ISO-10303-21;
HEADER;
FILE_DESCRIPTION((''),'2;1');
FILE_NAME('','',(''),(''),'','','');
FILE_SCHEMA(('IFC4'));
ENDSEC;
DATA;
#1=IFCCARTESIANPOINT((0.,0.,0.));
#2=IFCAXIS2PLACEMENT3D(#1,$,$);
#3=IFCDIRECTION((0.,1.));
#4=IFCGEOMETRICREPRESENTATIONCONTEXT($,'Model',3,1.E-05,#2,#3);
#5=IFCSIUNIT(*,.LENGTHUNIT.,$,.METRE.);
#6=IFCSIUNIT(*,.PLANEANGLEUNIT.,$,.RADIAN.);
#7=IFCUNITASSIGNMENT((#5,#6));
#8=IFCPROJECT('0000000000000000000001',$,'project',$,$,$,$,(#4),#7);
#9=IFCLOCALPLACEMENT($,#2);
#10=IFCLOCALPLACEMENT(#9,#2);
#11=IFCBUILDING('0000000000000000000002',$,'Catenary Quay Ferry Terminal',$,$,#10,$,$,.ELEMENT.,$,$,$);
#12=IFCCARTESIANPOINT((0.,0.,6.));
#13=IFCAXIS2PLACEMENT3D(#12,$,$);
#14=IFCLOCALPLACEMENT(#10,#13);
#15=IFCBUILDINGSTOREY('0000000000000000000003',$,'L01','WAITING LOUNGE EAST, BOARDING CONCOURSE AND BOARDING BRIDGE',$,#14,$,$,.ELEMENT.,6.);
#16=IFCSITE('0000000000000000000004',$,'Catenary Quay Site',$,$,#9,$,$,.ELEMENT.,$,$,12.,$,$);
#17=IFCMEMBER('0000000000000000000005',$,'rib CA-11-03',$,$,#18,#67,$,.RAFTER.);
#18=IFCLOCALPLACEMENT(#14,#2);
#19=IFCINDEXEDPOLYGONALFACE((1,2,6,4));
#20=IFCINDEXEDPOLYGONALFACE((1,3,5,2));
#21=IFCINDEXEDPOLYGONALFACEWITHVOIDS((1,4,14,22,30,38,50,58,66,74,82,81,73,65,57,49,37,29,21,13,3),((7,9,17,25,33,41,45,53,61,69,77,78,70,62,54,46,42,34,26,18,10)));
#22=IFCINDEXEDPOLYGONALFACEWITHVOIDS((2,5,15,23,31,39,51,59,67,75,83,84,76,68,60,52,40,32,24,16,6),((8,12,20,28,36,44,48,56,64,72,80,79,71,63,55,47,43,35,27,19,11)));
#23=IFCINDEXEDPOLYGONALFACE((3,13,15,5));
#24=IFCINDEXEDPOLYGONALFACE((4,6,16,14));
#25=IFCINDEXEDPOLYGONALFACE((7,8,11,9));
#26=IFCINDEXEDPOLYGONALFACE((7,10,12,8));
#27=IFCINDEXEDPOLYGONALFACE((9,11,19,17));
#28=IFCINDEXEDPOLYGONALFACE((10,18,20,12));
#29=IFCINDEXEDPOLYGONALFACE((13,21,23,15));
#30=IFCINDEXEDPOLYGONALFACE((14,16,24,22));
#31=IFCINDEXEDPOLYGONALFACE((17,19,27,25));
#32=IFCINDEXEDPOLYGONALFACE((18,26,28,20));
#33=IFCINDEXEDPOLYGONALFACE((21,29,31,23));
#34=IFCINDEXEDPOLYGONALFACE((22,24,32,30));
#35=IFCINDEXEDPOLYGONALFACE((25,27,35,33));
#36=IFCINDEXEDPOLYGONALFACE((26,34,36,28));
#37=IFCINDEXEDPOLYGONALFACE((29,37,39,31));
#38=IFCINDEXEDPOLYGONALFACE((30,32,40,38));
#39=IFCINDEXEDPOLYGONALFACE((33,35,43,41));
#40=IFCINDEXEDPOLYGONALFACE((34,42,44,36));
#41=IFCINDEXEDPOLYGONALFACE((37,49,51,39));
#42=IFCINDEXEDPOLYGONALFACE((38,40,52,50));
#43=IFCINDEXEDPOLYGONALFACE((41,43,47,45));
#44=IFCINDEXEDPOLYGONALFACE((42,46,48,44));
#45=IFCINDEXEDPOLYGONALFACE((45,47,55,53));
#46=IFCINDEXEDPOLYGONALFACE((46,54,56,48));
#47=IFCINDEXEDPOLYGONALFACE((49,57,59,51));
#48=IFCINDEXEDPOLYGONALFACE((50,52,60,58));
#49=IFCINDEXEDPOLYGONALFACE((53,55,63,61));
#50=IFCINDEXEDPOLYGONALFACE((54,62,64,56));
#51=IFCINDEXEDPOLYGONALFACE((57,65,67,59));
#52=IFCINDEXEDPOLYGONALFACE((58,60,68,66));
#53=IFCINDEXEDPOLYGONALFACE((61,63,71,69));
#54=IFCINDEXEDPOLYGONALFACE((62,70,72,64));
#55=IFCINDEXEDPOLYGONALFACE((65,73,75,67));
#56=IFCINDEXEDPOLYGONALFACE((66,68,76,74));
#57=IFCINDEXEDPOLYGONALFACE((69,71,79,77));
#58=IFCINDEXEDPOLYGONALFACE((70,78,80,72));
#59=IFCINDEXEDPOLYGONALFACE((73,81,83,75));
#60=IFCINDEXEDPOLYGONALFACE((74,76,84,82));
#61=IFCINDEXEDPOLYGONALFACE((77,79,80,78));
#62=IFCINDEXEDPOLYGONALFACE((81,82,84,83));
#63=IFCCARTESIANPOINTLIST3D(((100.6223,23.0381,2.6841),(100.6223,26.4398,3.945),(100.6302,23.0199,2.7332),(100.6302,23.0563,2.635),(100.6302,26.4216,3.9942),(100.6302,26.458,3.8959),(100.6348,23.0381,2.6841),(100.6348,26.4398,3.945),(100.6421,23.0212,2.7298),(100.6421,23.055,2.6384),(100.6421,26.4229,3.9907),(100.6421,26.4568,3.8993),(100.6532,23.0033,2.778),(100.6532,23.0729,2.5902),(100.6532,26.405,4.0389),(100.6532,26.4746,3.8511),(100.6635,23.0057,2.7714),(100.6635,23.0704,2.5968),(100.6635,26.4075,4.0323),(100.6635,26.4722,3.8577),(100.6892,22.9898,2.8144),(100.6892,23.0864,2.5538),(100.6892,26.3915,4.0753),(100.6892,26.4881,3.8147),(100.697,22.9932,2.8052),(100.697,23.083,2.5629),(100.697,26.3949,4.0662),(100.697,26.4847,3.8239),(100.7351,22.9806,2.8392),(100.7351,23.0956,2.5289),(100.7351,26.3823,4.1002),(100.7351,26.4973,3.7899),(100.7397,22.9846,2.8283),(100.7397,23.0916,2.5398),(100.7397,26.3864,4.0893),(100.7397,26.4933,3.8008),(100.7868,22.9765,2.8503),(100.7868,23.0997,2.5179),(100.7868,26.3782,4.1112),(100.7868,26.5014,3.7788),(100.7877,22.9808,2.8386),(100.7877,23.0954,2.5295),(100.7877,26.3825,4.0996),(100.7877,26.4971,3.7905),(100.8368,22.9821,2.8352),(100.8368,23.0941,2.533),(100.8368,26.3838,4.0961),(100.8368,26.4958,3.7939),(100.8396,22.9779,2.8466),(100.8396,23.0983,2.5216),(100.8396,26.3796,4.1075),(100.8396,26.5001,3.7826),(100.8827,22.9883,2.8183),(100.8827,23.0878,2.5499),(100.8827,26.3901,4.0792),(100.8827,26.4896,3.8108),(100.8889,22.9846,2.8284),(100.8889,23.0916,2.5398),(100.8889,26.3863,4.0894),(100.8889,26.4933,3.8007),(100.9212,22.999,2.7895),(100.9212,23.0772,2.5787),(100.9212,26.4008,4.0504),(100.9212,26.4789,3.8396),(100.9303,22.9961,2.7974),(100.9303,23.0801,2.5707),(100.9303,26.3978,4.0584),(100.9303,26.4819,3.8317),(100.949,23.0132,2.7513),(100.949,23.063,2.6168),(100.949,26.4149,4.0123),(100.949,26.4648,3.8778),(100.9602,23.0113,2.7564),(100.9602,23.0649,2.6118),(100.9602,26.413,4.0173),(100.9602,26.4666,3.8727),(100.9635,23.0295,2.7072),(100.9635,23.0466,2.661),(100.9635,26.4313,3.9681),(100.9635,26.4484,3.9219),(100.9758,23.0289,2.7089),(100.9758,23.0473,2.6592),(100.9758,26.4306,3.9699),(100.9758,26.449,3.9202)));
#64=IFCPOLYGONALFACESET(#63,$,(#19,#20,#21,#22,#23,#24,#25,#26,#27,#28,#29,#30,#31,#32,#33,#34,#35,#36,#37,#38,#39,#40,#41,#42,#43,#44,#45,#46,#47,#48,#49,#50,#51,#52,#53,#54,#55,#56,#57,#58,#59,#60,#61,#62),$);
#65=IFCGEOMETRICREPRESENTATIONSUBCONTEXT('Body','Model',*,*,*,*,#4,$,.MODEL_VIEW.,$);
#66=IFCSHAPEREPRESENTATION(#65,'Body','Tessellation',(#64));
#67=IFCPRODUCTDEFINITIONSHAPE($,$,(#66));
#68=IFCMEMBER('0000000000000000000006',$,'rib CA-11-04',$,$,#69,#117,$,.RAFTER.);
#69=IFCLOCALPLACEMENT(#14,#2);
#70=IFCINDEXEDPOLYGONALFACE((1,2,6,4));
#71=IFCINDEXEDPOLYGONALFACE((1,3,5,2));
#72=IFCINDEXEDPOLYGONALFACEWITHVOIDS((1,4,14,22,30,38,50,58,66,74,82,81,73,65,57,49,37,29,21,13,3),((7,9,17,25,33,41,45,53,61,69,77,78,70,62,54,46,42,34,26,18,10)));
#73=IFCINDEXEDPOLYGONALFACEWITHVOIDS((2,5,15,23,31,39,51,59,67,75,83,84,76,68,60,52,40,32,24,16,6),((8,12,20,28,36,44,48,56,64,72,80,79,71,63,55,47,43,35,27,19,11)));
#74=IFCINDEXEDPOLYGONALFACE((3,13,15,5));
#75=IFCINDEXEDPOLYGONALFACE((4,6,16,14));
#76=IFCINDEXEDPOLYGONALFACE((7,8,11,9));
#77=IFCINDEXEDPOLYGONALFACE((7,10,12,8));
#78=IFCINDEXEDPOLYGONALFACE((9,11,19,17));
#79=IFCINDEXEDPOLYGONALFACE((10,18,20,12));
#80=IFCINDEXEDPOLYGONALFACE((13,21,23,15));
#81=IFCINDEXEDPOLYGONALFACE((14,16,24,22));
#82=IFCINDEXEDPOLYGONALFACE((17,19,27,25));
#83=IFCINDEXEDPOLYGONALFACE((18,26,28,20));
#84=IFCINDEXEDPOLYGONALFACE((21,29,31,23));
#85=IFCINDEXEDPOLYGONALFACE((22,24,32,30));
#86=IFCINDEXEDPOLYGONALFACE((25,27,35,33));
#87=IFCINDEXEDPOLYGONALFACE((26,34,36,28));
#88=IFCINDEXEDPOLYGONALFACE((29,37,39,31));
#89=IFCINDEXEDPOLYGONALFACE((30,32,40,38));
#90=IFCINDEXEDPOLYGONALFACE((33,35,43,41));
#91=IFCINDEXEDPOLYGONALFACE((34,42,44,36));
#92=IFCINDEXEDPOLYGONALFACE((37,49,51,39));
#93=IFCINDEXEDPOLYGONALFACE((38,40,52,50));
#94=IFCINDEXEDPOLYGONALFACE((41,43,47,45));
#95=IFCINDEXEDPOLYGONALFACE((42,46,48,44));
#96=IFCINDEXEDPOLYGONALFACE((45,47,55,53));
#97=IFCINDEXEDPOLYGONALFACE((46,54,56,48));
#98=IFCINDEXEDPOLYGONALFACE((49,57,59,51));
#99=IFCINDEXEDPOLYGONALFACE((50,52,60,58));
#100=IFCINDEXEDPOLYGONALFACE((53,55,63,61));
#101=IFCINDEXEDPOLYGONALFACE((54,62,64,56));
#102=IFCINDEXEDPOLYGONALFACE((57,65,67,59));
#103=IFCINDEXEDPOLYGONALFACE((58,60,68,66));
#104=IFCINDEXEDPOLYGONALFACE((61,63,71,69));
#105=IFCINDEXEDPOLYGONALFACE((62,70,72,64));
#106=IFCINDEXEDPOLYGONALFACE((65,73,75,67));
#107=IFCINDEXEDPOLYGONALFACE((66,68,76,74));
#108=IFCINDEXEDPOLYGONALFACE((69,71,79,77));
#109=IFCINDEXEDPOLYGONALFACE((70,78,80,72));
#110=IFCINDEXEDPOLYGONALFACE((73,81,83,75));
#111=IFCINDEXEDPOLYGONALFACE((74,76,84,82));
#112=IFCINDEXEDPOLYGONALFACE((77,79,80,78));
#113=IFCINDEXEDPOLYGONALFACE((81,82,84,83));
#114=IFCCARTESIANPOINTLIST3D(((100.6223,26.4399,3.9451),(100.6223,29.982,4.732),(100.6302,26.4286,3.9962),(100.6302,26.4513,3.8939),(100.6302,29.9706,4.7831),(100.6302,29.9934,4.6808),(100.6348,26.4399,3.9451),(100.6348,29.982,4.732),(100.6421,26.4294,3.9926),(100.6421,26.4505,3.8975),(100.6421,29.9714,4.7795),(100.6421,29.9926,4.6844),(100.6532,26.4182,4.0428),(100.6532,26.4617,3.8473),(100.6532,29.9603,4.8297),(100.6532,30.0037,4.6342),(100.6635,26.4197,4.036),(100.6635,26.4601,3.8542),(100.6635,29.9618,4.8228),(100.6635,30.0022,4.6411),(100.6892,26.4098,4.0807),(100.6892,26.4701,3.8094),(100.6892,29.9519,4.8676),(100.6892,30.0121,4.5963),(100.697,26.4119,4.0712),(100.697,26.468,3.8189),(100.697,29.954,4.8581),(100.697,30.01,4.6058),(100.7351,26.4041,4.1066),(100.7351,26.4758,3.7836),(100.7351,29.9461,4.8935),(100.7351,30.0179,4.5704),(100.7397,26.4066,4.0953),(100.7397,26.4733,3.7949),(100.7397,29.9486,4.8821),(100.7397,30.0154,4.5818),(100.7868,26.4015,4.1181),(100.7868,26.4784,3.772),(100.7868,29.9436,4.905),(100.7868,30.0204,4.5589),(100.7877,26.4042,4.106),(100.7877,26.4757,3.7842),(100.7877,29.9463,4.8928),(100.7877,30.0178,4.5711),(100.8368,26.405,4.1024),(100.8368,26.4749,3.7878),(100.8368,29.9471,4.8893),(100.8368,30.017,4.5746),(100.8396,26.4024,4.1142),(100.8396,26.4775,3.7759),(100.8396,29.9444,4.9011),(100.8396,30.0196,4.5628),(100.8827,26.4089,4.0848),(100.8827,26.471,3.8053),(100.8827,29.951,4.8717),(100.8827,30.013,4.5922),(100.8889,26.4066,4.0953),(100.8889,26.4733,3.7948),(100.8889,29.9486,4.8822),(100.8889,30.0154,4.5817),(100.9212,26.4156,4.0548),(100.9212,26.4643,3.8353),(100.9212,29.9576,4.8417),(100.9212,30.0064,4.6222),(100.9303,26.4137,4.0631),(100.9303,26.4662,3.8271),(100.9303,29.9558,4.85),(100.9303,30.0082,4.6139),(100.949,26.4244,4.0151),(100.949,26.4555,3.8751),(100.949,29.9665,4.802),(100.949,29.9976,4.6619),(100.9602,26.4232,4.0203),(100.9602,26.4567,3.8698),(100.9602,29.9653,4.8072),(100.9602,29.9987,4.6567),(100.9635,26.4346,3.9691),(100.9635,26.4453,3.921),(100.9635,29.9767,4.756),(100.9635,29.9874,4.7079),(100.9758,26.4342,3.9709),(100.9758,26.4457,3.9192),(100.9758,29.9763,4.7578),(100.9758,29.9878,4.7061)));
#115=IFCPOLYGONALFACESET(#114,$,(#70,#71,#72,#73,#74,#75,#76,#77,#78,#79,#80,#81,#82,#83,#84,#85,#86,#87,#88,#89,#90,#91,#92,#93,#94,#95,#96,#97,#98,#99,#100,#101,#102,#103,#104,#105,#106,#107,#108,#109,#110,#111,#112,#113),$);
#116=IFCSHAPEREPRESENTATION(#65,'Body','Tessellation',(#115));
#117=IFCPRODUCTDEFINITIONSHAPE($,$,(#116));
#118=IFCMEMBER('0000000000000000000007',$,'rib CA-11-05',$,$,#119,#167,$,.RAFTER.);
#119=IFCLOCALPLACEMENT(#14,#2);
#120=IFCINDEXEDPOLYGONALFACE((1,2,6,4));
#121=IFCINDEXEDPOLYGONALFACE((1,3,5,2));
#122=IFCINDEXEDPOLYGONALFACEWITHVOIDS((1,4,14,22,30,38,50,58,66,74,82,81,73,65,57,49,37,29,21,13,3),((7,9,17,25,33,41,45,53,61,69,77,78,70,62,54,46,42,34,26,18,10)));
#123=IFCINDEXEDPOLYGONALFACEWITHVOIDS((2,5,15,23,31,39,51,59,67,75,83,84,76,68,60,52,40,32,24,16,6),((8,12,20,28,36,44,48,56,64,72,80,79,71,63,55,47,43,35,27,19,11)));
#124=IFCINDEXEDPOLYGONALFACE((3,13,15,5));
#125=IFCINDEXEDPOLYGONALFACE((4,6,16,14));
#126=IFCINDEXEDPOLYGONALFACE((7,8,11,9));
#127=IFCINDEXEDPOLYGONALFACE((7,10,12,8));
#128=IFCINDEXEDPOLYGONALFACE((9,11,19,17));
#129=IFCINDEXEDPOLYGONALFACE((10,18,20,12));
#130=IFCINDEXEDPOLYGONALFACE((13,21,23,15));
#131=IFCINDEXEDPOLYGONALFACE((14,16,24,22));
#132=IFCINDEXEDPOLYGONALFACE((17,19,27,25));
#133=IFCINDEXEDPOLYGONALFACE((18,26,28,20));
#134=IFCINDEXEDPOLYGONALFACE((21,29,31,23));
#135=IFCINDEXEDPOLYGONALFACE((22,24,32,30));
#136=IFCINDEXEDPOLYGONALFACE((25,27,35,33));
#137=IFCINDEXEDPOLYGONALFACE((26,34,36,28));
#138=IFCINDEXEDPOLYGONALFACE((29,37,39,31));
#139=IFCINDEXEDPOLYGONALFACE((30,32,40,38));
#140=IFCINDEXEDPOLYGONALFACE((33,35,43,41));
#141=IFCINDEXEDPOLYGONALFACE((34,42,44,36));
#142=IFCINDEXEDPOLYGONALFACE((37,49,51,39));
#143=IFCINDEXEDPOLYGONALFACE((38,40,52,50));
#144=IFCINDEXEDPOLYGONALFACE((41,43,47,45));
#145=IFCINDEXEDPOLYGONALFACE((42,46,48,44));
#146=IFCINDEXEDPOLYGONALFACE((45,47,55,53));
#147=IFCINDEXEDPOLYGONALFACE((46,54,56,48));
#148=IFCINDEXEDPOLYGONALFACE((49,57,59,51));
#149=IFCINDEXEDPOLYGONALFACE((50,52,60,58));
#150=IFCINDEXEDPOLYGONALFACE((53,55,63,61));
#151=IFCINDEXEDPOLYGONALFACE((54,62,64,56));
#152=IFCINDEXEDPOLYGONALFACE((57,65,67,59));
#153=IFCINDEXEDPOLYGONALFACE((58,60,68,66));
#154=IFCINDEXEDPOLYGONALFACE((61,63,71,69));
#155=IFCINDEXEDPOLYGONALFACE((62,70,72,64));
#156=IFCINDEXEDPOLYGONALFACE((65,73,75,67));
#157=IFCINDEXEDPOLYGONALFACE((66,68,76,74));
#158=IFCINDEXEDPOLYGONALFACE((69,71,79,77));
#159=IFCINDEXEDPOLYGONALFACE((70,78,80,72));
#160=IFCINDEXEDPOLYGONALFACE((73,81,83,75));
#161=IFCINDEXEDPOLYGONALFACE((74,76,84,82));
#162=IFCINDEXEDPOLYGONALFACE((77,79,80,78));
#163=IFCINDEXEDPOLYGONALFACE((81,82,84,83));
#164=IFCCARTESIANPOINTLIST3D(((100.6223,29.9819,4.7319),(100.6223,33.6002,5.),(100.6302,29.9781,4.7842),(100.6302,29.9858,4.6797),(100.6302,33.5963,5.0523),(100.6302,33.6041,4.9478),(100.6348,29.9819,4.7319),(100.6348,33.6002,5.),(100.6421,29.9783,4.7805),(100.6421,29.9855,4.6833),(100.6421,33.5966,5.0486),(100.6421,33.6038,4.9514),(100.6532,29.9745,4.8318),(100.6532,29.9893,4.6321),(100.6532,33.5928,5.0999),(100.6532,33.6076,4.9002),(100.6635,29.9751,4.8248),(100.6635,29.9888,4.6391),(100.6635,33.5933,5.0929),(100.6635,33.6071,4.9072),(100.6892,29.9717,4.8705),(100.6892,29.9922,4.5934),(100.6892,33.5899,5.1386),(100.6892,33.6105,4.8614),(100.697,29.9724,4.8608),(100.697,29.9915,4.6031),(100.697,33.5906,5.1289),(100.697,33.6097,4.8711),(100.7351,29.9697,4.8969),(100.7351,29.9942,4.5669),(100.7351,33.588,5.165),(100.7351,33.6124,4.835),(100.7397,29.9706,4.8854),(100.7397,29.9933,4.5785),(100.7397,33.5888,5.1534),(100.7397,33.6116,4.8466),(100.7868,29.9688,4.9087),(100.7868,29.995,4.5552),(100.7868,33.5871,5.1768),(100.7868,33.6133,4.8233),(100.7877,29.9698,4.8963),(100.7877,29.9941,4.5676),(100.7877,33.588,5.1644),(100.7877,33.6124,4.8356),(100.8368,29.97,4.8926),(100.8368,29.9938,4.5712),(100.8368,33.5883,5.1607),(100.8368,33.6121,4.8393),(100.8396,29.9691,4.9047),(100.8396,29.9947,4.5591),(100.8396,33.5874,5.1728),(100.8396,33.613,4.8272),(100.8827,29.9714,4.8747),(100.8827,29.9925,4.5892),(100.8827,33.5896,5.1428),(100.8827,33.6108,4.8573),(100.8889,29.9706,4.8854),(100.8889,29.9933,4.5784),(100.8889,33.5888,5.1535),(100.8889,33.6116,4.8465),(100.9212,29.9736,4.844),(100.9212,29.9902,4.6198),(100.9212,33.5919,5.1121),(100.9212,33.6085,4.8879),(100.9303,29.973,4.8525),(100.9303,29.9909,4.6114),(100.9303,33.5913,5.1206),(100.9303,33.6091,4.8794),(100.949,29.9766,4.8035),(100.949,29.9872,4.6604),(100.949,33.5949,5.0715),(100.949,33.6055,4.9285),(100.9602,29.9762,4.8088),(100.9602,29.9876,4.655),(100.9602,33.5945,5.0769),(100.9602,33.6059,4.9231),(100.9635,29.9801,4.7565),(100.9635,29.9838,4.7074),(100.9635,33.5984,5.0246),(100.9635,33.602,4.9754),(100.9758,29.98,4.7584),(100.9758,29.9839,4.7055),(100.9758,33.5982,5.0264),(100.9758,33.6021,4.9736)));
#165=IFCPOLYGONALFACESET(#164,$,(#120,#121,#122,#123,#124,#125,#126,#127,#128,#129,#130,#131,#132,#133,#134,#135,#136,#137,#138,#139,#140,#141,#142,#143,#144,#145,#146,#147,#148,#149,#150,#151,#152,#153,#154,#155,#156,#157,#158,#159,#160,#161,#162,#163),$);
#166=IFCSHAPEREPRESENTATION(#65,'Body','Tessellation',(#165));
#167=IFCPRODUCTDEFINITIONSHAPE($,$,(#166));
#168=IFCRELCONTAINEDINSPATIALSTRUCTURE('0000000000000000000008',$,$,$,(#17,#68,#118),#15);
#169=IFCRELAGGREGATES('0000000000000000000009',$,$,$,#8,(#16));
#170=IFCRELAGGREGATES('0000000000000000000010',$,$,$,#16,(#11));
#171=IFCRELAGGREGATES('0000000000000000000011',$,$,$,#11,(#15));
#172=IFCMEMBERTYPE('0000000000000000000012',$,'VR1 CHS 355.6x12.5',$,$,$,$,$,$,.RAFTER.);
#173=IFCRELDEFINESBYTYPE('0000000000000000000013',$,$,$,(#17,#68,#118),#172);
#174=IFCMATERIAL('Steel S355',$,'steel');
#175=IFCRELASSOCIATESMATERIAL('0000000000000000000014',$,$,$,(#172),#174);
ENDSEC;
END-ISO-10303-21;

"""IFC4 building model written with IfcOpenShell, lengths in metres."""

from ifc_helpers import new_model, si_unit, direction, frame, origin, origin_2d, place, context, subcontext, project, spatial, hollow_circle, extrude, material, material_profile, profile_set, type_object, element, save


model = new_model("IFC4")

# Units and contexts
model_context = context("Model", 3, precision=1e-05, world=origin(), true_north=direction((0.0, 1.0)))
body_context = subcontext(model_context, "Body", "Model", "MODEL_VIEW")
ifc_project = project(units=[si_unit("LENGTHUNIT", "METRE"), si_unit("PLANEANGLEUNIT", "RADIAN")], contexts=[model_context])

# Site, building, storey
site_placement = place(None, origin())
site = spatial("IfcSite", under=ifc_project, at=site_placement, Name="Catenary Quay Site", CompositionType="ELEMENT", RefElevation=12.0)
building_placement = place(site_placement, origin())
building = spatial("IfcBuilding", under=site, at=building_placement, Name="Catenary Quay Ferry Terminal", CompositionType="ELEMENT")
storey_placement = place(building_placement, frame((0.0, 0.0, 6.0)))
storey = spatial("IfcBuildingStorey", under=building, at=storey_placement, Name="L01", Description="WAITING LOUNGE EAST, BOARDING CONCOURSE AND BOARDING BRIDGE", CompositionType="ELEMENT", Elevation=6.0)

# Members
ifc_material_1 = material(Name="Steel S355", Category="steel")
ifc_material_profile_1 = material_profile(ifc_material_1, hollow_circle(Radius=0.1777, WallThickness=0.0125, at=origin_2d()), Name="CHS 355.6x12.5")
ifc_profile_set_1 = profile_set([ifc_material_profile_1], Name="Steel S355")
member_type_1 = type_object("IfcMemberType", Name="VR1 CHS 355.6x12.5", PredefinedType="RAFTER", material=ifc_profile_set_1)
member_1_placement = place(storey_placement, frame((100.8, 23.0381, 2.6841), z_axis=(0.0, 0.937655, 0.347566), x_axis=(-1.0, 0.0, 0.0)))
element("IfcMember", 1, at=member_1_placement, inside=storey, type_object=member_type_1, Name="rib CA-11-03", PredefinedType="RAFTER", context=body_context, shape_type="SweptSolid", body=[
    extrude(hollow_circle(Radius=0.1777, WallThickness=0.0125, at=origin_2d()), origin(), (0.0, 0.0, 1.0), 3.6279),
])
member_2_placement = place(storey_placement, frame((100.8, 26.4399, 3.9451), z_axis=(0.0, 0.976201, 0.216866), x_axis=(-1.0, 0.0, 0.0)))
element("IfcMember", 2, at=member_2_placement, inside=storey, type_object=member_type_1, Name="rib CA-11-04", PredefinedType="RAFTER", context=body_context, shape_type="SweptSolid", body=[
    extrude(hollow_circle(Radius=0.1777, WallThickness=0.0125, at=origin_2d()), origin(), (0.0, 0.0, 1.0), 3.6284),
])
member_3_placement = place(storey_placement, frame((100.8, 29.9819, 4.7319), z_axis=(0.0, 0.997267, 0.073887), x_axis=(-1.0, 0.0, 0.0)))
element("IfcMember", 3, at=member_3_placement, inside=storey, type_object=member_type_1, Name="rib CA-11-05", PredefinedType="RAFTER", context=body_context, shape_type="SweptSolid", body=[
    extrude(hollow_circle(Radius=0.1777, WallThickness=0.0125, at=origin_2d()), origin(), (0.0, 0.0, 1.0), 3.6282),
])

save(model, "model.ifc")
